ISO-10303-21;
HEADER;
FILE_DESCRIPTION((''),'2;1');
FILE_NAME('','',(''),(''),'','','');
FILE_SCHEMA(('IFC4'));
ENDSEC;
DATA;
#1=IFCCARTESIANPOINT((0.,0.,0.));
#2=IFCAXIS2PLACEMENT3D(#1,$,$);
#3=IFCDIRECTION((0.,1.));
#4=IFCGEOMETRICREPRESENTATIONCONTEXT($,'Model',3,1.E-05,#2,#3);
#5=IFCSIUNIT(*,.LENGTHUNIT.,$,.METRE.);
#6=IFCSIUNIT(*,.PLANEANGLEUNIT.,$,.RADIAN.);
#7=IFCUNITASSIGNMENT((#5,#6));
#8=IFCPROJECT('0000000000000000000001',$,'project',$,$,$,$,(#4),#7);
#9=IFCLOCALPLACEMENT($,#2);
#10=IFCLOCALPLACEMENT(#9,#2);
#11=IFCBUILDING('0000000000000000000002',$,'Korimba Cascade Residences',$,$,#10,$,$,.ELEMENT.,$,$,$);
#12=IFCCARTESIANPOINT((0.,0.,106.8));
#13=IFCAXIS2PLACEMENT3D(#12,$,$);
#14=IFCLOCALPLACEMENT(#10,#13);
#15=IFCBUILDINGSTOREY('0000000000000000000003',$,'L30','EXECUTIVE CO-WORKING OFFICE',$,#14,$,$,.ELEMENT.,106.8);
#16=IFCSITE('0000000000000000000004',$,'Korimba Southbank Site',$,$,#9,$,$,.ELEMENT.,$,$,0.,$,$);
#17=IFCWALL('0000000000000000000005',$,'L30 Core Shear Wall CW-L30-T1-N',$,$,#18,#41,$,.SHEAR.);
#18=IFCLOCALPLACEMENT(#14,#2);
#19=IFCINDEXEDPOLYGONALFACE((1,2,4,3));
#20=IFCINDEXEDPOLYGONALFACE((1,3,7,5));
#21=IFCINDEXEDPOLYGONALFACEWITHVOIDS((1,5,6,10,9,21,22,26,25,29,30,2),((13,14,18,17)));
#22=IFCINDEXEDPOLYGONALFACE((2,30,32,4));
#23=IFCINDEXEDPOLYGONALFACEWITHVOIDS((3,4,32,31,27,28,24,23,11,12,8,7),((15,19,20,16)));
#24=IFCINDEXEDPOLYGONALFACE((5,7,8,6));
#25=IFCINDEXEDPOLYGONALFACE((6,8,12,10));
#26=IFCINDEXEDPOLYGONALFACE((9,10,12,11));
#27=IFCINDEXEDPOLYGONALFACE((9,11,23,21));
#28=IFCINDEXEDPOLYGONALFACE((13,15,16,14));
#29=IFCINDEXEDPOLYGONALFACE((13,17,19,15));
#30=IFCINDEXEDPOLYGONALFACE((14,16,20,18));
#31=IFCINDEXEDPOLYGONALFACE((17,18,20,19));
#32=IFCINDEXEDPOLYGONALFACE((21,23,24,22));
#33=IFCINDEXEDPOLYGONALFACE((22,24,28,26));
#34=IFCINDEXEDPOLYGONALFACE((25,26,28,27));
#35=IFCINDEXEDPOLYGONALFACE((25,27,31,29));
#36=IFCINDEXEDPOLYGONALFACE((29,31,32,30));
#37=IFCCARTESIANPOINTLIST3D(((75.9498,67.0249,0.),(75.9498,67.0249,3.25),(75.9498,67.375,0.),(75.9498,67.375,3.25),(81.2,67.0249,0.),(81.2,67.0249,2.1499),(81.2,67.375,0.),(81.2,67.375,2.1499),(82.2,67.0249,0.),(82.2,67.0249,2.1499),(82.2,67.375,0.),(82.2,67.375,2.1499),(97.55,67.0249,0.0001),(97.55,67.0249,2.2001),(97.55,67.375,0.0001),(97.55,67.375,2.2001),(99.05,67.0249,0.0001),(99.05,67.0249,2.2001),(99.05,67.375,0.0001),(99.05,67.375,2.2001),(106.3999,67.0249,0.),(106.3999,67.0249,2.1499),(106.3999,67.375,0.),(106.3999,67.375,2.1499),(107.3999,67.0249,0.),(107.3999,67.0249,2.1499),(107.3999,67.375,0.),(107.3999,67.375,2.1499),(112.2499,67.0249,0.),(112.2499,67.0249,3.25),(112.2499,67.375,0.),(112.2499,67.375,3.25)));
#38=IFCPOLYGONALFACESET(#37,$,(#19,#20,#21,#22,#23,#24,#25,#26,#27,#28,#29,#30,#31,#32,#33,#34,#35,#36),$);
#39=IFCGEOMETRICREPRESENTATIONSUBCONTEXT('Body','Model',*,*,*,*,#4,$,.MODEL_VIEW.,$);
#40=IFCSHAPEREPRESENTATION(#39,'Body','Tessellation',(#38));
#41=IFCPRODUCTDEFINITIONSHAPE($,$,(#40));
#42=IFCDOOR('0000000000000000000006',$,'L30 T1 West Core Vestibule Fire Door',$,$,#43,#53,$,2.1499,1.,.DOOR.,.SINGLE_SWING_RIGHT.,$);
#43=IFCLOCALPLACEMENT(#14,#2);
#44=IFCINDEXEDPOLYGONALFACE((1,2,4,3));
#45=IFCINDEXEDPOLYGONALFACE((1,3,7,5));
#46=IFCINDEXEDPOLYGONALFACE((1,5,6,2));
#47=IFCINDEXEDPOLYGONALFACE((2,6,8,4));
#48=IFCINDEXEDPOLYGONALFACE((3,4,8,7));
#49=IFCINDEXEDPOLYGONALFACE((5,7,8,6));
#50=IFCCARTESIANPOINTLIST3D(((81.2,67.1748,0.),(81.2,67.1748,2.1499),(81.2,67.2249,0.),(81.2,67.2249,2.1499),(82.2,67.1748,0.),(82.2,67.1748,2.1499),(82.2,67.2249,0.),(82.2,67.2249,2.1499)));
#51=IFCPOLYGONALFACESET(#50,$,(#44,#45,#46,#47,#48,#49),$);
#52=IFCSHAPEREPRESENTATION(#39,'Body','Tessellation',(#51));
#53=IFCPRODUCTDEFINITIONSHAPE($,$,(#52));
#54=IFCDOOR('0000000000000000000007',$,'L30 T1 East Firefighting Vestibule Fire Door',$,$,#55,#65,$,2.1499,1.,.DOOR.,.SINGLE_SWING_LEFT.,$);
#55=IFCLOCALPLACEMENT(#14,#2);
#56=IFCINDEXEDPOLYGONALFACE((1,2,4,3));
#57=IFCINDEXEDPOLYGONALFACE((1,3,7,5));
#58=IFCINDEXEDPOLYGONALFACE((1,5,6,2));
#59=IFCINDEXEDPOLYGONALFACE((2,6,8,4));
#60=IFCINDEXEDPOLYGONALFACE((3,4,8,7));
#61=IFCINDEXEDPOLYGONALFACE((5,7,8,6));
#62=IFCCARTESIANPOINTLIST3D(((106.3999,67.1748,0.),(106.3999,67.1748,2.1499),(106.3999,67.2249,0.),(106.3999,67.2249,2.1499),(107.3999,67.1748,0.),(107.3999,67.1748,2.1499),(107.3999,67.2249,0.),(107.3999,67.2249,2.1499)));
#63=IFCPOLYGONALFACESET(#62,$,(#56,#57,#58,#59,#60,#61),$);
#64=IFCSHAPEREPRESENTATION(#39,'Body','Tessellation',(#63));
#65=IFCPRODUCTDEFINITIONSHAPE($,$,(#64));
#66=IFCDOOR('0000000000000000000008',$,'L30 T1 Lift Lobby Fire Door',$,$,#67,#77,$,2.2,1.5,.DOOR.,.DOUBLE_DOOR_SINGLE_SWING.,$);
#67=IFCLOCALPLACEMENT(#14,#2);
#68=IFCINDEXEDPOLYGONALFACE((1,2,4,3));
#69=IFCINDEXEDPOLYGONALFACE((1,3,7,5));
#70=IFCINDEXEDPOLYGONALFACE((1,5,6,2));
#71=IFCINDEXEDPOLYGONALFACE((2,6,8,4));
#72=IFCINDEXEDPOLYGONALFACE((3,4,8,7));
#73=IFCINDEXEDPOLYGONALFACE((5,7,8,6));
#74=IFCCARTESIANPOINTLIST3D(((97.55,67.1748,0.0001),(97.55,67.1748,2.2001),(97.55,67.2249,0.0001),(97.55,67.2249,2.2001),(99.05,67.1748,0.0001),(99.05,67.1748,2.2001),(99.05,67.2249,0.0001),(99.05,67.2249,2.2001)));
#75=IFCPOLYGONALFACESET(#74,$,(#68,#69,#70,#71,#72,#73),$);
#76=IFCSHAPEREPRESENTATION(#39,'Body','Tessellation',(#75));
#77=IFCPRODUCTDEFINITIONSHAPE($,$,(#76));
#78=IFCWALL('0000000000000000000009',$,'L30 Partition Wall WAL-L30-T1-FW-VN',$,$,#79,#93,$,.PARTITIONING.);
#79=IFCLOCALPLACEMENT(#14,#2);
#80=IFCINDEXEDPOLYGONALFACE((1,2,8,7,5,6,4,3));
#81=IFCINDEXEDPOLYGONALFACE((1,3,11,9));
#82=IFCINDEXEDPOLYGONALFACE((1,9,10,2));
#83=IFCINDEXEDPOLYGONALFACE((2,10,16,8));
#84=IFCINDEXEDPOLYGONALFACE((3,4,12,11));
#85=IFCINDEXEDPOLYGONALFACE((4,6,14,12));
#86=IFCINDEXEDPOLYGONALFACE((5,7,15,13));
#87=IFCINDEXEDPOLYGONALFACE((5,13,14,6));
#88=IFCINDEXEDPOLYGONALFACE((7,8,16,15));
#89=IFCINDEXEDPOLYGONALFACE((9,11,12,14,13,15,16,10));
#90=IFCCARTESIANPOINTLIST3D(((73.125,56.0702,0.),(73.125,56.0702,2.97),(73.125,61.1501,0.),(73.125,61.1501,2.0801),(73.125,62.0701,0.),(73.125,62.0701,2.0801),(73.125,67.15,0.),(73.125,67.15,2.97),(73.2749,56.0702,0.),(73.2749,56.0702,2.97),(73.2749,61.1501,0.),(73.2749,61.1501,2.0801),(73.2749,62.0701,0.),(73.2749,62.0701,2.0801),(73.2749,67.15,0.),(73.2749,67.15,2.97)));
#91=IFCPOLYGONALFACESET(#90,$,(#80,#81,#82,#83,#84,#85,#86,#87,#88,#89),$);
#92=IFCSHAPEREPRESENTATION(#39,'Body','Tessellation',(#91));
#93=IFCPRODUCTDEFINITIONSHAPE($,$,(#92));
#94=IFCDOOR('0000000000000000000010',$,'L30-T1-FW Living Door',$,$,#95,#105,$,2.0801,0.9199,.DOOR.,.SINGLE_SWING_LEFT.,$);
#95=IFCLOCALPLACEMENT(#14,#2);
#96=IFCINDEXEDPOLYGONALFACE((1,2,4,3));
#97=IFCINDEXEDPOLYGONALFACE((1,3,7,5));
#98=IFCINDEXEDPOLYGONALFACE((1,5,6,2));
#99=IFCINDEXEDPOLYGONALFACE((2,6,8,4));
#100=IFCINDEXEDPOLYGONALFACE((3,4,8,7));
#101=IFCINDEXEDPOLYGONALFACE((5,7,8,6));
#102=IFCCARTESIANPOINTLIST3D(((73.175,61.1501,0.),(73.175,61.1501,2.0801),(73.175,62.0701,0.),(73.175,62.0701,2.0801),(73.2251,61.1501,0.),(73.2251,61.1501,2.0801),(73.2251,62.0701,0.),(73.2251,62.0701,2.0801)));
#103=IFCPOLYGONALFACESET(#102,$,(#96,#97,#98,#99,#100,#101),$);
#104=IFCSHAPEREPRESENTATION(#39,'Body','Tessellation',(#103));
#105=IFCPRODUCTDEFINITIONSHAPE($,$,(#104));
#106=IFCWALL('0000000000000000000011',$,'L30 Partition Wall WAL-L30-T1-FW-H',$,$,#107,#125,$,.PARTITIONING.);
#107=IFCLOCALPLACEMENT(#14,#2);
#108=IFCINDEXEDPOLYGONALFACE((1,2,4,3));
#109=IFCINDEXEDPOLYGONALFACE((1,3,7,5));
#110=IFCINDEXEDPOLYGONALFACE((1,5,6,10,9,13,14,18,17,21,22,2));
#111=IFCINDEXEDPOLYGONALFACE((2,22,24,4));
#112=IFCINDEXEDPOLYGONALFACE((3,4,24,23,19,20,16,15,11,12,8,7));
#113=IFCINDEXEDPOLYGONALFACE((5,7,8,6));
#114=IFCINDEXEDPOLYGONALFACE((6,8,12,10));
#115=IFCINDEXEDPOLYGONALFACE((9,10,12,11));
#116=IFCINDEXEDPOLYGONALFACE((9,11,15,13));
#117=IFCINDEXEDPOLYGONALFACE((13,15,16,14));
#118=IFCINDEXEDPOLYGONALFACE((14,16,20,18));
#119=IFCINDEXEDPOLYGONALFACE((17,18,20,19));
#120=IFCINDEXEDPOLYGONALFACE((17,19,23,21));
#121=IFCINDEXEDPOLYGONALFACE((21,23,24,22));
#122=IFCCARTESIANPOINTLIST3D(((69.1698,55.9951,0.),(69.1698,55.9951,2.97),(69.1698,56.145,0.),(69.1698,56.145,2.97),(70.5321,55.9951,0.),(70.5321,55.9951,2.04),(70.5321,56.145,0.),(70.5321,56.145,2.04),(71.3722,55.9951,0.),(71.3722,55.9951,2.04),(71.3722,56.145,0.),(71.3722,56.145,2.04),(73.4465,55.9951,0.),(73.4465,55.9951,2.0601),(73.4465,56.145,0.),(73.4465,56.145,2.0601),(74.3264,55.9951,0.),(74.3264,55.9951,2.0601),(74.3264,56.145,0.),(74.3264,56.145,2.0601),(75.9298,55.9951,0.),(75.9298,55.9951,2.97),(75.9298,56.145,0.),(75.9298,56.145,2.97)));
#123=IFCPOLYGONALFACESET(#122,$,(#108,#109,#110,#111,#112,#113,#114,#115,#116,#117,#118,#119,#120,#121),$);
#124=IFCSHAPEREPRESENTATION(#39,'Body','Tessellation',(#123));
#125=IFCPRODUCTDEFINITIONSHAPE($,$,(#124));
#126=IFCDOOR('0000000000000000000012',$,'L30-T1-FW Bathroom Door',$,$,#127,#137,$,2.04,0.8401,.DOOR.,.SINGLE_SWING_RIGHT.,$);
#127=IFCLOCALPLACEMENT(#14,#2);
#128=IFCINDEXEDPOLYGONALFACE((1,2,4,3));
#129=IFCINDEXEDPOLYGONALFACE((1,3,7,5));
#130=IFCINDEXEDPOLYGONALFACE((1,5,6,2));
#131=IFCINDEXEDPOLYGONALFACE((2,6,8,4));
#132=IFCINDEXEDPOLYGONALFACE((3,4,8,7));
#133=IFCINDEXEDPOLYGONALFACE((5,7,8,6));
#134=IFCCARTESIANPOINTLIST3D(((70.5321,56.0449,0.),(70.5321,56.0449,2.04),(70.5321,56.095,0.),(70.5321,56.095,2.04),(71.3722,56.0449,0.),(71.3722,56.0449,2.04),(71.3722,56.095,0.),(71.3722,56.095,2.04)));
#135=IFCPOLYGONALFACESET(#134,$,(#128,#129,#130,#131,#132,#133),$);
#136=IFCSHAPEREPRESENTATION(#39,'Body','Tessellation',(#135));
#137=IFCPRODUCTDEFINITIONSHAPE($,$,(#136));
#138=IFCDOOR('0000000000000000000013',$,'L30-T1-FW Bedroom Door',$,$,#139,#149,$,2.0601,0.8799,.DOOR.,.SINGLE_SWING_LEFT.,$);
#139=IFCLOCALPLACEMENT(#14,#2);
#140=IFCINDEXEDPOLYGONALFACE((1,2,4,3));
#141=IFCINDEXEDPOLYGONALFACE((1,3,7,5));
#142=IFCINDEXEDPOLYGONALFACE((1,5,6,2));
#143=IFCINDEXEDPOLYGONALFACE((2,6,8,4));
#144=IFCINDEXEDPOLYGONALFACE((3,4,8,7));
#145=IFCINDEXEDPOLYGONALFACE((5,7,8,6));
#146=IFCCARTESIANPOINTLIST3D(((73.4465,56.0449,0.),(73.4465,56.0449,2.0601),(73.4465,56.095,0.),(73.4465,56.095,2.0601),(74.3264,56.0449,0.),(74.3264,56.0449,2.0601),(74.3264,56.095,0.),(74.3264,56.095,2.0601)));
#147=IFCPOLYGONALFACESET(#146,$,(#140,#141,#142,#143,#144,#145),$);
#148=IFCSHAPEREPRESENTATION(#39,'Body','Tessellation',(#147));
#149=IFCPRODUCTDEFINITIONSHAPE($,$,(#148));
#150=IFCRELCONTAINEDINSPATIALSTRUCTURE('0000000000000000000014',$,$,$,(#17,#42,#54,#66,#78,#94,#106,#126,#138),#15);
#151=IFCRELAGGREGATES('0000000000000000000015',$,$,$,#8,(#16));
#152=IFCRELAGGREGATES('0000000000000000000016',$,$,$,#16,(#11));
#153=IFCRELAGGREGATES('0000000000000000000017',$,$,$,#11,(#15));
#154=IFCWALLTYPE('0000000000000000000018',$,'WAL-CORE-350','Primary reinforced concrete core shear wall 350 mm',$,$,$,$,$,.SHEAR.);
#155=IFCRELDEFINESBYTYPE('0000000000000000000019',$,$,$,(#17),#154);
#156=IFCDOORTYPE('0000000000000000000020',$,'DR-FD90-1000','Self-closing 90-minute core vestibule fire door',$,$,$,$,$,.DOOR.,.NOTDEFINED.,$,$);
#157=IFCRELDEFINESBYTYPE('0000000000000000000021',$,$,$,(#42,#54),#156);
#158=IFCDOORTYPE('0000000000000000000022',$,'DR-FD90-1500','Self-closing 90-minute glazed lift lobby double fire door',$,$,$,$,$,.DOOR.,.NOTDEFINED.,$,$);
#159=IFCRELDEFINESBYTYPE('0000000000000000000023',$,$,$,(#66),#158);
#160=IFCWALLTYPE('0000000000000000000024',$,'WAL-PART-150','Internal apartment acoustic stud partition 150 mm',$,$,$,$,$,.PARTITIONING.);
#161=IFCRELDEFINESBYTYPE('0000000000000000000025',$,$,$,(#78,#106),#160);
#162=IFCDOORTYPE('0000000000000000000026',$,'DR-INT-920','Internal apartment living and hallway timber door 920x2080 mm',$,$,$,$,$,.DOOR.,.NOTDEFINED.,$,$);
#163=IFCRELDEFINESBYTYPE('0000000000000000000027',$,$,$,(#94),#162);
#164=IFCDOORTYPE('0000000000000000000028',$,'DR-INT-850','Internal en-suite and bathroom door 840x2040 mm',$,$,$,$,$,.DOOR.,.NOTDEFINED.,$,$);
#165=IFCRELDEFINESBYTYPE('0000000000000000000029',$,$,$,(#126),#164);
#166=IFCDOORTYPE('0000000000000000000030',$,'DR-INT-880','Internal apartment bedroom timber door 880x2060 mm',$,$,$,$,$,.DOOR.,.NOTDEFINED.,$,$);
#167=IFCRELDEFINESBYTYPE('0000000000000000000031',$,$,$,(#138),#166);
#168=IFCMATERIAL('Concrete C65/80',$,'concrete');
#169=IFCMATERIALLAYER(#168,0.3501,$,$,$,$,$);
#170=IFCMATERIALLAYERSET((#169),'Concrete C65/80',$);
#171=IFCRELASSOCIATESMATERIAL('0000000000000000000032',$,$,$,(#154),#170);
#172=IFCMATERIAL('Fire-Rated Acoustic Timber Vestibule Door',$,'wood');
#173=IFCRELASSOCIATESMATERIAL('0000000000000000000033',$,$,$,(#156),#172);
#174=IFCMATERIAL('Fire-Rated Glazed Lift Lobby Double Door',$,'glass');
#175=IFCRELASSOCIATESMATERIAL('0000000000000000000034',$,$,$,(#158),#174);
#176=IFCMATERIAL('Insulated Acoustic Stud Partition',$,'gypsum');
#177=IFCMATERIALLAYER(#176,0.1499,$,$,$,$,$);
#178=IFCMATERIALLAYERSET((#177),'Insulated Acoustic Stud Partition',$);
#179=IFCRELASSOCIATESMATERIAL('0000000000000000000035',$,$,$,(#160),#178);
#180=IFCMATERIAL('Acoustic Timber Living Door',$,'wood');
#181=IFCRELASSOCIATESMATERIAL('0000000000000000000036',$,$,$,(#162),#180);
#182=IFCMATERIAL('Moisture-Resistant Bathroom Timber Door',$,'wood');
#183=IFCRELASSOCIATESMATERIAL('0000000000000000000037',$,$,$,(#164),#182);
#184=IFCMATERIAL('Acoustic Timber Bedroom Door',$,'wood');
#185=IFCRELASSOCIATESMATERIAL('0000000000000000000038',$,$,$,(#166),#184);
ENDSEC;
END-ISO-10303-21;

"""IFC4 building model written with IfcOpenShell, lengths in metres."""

from ifc_helpers import new_model, si_unit, direction, frame, frame_2d, origin, place, context, subcontext, project, spatial, rectangle, extrude, material, layer, layer_set, type_object, element, fill, save


model = new_model("IFC4")

# Units and contexts
model_context = context("Model", 3, precision=1e-05, world=origin(), true_north=direction((0.0, 1.0)))
body_context = subcontext(model_context, "Body", "Model", "MODEL_VIEW")
ifc_project = project(units=[si_unit("LENGTHUNIT", "METRE"), si_unit("PLANEANGLEUNIT", "RADIAN")], contexts=[model_context])

# Site, building, storey
site_placement = place(None, origin())
site = spatial("IfcSite", under=ifc_project, at=site_placement, Name="Korimba Southbank Site", CompositionType="ELEMENT", RefElevation=0.0)
building_placement = place(site_placement, origin())
building = spatial("IfcBuilding", under=site, at=building_placement, Name="Korimba Cascade Residences", CompositionType="ELEMENT")
storey_placement = place(building_placement, frame((0.0, 0.0, 106.8)))
storey = spatial("IfcBuildingStorey", under=building, at=storey_placement, Name="L30", Description="EXECUTIVE CO-WORKING OFFICE", CompositionType="ELEMENT", Elevation=106.8)

# Shared definitions
ifc_material_1 = material(Name="Concrete C65/80", Category="concrete")

# Shared definitions
ifc_layer_1 = layer(ifc_material_1, 0.3501)
ifc_layer_set_1 = layer_set([ifc_layer_1], Name="Concrete C65/80")
wall_type_1 = type_object("IfcWallType", Name="WAL-CORE-350", Description="Primary reinforced concrete core shear wall 350 mm", PredefinedType="SHEAR", material=ifc_layer_set_1)

# Wall, openings, doors
wall_1_placement = place(storey_placement, frame((75.95, 67.2, 0.0), z_axis=(0.0, 0.0, 1.0), x_axis=(1.0, 0.0, 0.0)))
wall_1 = element("IfcWall", 1, at=wall_1_placement, inside=storey, type_object=wall_type_1, Name="L30 Core Shear Wall CW-L30-T1-N", PredefinedType="SHEAR", context=body_context, shape_type="SweptSolid", body=[
    extrude(rectangle(XDim=36.3, YDim=0.3501, at=frame_2d((18.1499, 0.0))), origin(), (0.0, 0.0, 1.0), 3.25),
])
opening_1_placement = place(wall_1_placement, frame((5.25, 0.0, 0.0)))
opening_1 = element("IfcOpeningElement", 2, at=opening_1_placement, cuts=wall_1, PredefinedType="OPENING", context=body_context, shape_type="SweptSolid", body=[
    extrude(rectangle(XDim=1.0, YDim=2.1499, at=frame_2d((0.5, 1.075))), frame((0.0, 0.1851, 0.0), z_axis=(0.0, -1.0, 0.0), x_axis=(1.0, 0.0, 0.0)), (0.0, 0.0, 1.0), 0.3701),
])
opening_2_placement = place(wall_1_placement, frame((21.6001, 0.0, 0.0)))
opening_2 = element("IfcOpeningElement", 3, at=opening_2_placement, cuts=wall_1, PredefinedType="OPENING", context=body_context, shape_type="SweptSolid", body=[
    extrude(rectangle(XDim=1.5, YDim=2.2, at=frame_2d((0.75, 1.1001))), frame((0.0, 0.1851, 0.0), z_axis=(0.0, -1.0, 0.0), x_axis=(1.0, 0.0, 0.0)), (0.0, 0.0, 1.0), 0.3701),
])
opening_3_placement = place(wall_1_placement, frame((30.45, 0.0, 0.0)))
opening_3 = element("IfcOpeningElement", 4, at=opening_3_placement, cuts=wall_1, PredefinedType="OPENING", context=body_context, shape_type="SweptSolid", body=[
    extrude(rectangle(XDim=1.0, YDim=2.1499, at=frame_2d((0.5, 1.075))), frame((0.0, 0.1851, 0.0), z_axis=(0.0, -1.0, 0.0), x_axis=(1.0, 0.0, 0.0)), (0.0, 0.0, 1.0), 0.3701),
])
ifc_material_2 = material(Name="Fire-Rated Acoustic Timber Vestibule Door", Category="wood")
door_type_1 = type_object("IfcDoorType", Name="DR-FD90-1000", Description="Self-closing 90-minute core vestibule fire door", OperationType="NOTDEFINED", PredefinedType="DOOR", material=ifc_material_2)
door_1_placement = place(opening_1_placement, origin())
door_1 = element("IfcDoor", 5, at=door_1_placement, inside=storey, type_object=door_type_1, Name="L30 T1 West Core Vestibule Fire Door", OperationType="SINGLE_SWING_RIGHT", OverallHeight=2.1499, OverallWidth=1.0, PredefinedType="DOOR", context=body_context, shape_type="SweptSolid", body=[
    extrude(rectangle(XDim=1.0, YDim=2.1499, at=frame_2d((0.5, 1.075))), frame((0.0, 0.0249, 0.0), z_axis=(0.0, -1.0, 0.0), x_axis=(1.0, 0.0, 0.0)), (0.0, 0.0, 1.0), 0.05),
])
fill(opening_1, door_1)
door_2_placement = place(opening_3_placement, origin())
door_2 = element("IfcDoor", 6, at=door_2_placement, inside=storey, type_object=door_type_1, Name="L30 T1 East Firefighting Vestibule Fire Door", OperationType="SINGLE_SWING_LEFT", OverallHeight=2.1499, OverallWidth=1.0, PredefinedType="DOOR", context=body_context, shape_type="SweptSolid", body=[
    extrude(rectangle(XDim=1.0, YDim=2.1499, at=frame_2d((0.5, 1.075))), frame((0.0, 0.0249, 0.0), z_axis=(0.0, -1.0, 0.0), x_axis=(1.0, 0.0, 0.0)), (0.0, 0.0, 1.0), 0.05),
])
fill(opening_3, door_2)
ifc_material_3 = material(Name="Fire-Rated Glazed Lift Lobby Double Door", Category="glass")
door_type_2 = type_object("IfcDoorType", Name="DR-FD90-1500", Description="Self-closing 90-minute glazed lift lobby double fire door", OperationType="NOTDEFINED", PredefinedType="DOOR", material=ifc_material_3)
door_3_placement = place(opening_2_placement, origin())
door_3 = element("IfcDoor", 7, at=door_3_placement, inside=storey, type_object=door_type_2, Name="L30 T1 Lift Lobby Fire Door", OperationType="DOUBLE_DOOR_SINGLE_SWING", OverallHeight=2.2, OverallWidth=1.5, PredefinedType="DOOR", context=body_context, shape_type="SweptSolid", body=[
    extrude(rectangle(XDim=1.5, YDim=2.2, at=frame_2d((0.75, 1.1001))), frame((0.0, 0.0249, 0.0), z_axis=(0.0, -1.0, 0.0), x_axis=(1.0, 0.0, 0.0)), (0.0, 0.0, 1.0), 0.05),
])
fill(opening_2, door_3)

# Wall, opening, door
ifc_material_4 = material(Name="Insulated Acoustic Stud Partition", Category="gypsum")
ifc_layer_2 = layer(ifc_material_4, 0.1499)
ifc_layer_set_2 = layer_set([ifc_layer_2], Name="Insulated Acoustic Stud Partition")
wall_type_2 = type_object("IfcWallType", Name="WAL-PART-150", Description="Internal apartment acoustic stud partition 150 mm", PredefinedType="PARTITIONING", material=ifc_layer_set_2)
wall_2_placement = place(storey_placement, frame((73.2, 56.0701, 0.0), z_axis=(0.0, 0.0, 1.0), x_axis=(0.0, 1.0, 0.0)))
wall_2 = element("IfcWall", 8, at=wall_2_placement, inside=storey, type_object=wall_type_2, Name="L30 Partition Wall WAL-L30-T1-FW-VN", PredefinedType="PARTITIONING", context=body_context, shape_type="SweptSolid", body=[
    extrude(rectangle(XDim=11.0798, YDim=0.1499, at=frame_2d((5.54, 0.0))), origin(), (0.0, 0.0, 1.0), 2.97),
])
opening_4_placement = place(wall_2_placement, frame((5.0801, 0.0, 0.0)))
opening_4 = element("IfcOpeningElement", 9, at=opening_4_placement, cuts=wall_2, PredefinedType="OPENING", context=body_context, shape_type="SweptSolid", body=[
    extrude(rectangle(XDim=0.9199, YDim=2.0801, at=frame_2d((0.46, 1.04))), frame((0.0, 0.085, 0.0), z_axis=(0.0, -1.0, 0.0), x_axis=(1.0, 0.0, 0.0)), (0.0, 0.0, 1.0), 0.1699),
])
ifc_material_5 = material(Name="Acoustic Timber Living Door", Category="wood")
door_type_3 = type_object("IfcDoorType", Name="DR-INT-920", Description="Internal apartment living and hallway timber door 920x2080 mm", OperationType="NOTDEFINED", PredefinedType="DOOR", material=ifc_material_5)
door_4_placement = place(opening_4_placement, origin())
door_4 = element("IfcDoor", 10, at=door_4_placement, inside=storey, type_object=door_type_3, Name="L30-T1-FW Living Door", OperationType="SINGLE_SWING_LEFT", OverallHeight=2.0801, OverallWidth=0.9199, PredefinedType="DOOR", context=body_context, shape_type="SweptSolid", body=[
    extrude(rectangle(XDim=0.9199, YDim=2.0801, at=frame_2d((0.46, 1.04))), frame((0.0, 0.0249, 0.0), z_axis=(0.0, -1.0, 0.0), x_axis=(1.0, 0.0, 0.0)), (0.0, 0.0, 1.0), 0.05),
])
fill(opening_4, door_4)

# Wall, openings, doors
wall_3_placement = place(storey_placement, frame((69.1699, 56.0701, 0.0), z_axis=(0.0, 0.0, 1.0), x_axis=(1.0, 0.0, 0.0)))
wall_3 = element("IfcWall", 11, at=wall_3_placement, inside=storey, type_object=wall_type_2, Name="L30 Partition Wall WAL-L30-T1-FW-H", PredefinedType="PARTITIONING", context=body_context, shape_type="SweptSolid", body=[
    extrude(rectangle(XDim=6.76, YDim=0.1499, at=frame_2d((3.3799, 0.0))), origin(), (0.0, 0.0, 1.0), 2.97),
])
opening_5_placement = place(wall_3_placement, frame((1.3623, 0.0, 0.0)))
opening_5 = element("IfcOpeningElement", 12, at=opening_5_placement, cuts=wall_3, PredefinedType="OPENING", context=body_context, shape_type="SweptSolid", body=[
    extrude(rectangle(XDim=0.8401, YDim=2.04, at=frame_2d((0.4199, 1.02))), frame((0.0, 0.085, 0.0), z_axis=(0.0, -1.0, 0.0), x_axis=(1.0, 0.0, 0.0)), (0.0, 0.0, 1.0), 0.1699),
])
opening_6_placement = place(wall_3_placement, frame((4.2766, 0.0, 0.0)))
opening_6 = element("IfcOpeningElement", 13, at=opening_6_placement, cuts=wall_3, PredefinedType="OPENING", context=body_context, shape_type="SweptSolid", body=[
    extrude(rectangle(XDim=0.8799, YDim=2.0601, at=frame_2d((0.4399, 1.03))), frame((0.0, 0.085, 0.0), z_axis=(0.0, -1.0, 0.0), x_axis=(1.0, 0.0, 0.0)), (0.0, 0.0, 1.0), 0.1699),
])
ifc_material_6 = material(Name="Moisture-Resistant Bathroom Timber Door", Category="wood")
door_type_4 = type_object("IfcDoorType", Name="DR-INT-850", Description="Internal en-suite and bathroom door 840x2040 mm", OperationType="NOTDEFINED", PredefinedType="DOOR", material=ifc_material_6)
door_5_placement = place(opening_5_placement, origin())
door_5 = element("IfcDoor", 14, at=door_5_placement, inside=storey, type_object=door_type_4, Name="L30-T1-FW Bathroom Door", OperationType="SINGLE_SWING_RIGHT", OverallHeight=2.04, OverallWidth=0.8401, PredefinedType="DOOR", context=body_context, shape_type="SweptSolid", body=[
    extrude(rectangle(XDim=0.8401, YDim=2.04, at=frame_2d((0.4199, 1.02))), frame((0.0, 0.0249, 0.0), z_axis=(0.0, -1.0, 0.0), x_axis=(1.0, 0.0, 0.0)), (0.0, 0.0, 1.0), 0.05),
])
fill(opening_5, door_5)
ifc_material_7 = material(Name="Acoustic Timber Bedroom Door", Category="wood")
door_type_5 = type_object("IfcDoorType", Name="DR-INT-880", Description="Internal apartment bedroom timber door 880x2060 mm", OperationType="NOTDEFINED", PredefinedType="DOOR", material=ifc_material_7)
door_6_placement = place(opening_6_placement, origin())
door_6 = element("IfcDoor", 15, at=door_6_placement, inside=storey, type_object=door_type_5, Name="L30-T1-FW Bedroom Door", OperationType="SINGLE_SWING_LEFT", OverallHeight=2.0601, OverallWidth=0.8799, PredefinedType="DOOR", context=body_context, shape_type="SweptSolid", body=[
    extrude(rectangle(XDim=0.8799, YDim=2.0601, at=frame_2d((0.4399, 1.03))), frame((0.0, 0.0249, 0.0), z_axis=(0.0, -1.0, 0.0), x_axis=(1.0, 0.0, 0.0)), (0.0, 0.0, 1.0), 0.05),
])
fill(opening_6, door_6)

save(model, "model.ifc")
